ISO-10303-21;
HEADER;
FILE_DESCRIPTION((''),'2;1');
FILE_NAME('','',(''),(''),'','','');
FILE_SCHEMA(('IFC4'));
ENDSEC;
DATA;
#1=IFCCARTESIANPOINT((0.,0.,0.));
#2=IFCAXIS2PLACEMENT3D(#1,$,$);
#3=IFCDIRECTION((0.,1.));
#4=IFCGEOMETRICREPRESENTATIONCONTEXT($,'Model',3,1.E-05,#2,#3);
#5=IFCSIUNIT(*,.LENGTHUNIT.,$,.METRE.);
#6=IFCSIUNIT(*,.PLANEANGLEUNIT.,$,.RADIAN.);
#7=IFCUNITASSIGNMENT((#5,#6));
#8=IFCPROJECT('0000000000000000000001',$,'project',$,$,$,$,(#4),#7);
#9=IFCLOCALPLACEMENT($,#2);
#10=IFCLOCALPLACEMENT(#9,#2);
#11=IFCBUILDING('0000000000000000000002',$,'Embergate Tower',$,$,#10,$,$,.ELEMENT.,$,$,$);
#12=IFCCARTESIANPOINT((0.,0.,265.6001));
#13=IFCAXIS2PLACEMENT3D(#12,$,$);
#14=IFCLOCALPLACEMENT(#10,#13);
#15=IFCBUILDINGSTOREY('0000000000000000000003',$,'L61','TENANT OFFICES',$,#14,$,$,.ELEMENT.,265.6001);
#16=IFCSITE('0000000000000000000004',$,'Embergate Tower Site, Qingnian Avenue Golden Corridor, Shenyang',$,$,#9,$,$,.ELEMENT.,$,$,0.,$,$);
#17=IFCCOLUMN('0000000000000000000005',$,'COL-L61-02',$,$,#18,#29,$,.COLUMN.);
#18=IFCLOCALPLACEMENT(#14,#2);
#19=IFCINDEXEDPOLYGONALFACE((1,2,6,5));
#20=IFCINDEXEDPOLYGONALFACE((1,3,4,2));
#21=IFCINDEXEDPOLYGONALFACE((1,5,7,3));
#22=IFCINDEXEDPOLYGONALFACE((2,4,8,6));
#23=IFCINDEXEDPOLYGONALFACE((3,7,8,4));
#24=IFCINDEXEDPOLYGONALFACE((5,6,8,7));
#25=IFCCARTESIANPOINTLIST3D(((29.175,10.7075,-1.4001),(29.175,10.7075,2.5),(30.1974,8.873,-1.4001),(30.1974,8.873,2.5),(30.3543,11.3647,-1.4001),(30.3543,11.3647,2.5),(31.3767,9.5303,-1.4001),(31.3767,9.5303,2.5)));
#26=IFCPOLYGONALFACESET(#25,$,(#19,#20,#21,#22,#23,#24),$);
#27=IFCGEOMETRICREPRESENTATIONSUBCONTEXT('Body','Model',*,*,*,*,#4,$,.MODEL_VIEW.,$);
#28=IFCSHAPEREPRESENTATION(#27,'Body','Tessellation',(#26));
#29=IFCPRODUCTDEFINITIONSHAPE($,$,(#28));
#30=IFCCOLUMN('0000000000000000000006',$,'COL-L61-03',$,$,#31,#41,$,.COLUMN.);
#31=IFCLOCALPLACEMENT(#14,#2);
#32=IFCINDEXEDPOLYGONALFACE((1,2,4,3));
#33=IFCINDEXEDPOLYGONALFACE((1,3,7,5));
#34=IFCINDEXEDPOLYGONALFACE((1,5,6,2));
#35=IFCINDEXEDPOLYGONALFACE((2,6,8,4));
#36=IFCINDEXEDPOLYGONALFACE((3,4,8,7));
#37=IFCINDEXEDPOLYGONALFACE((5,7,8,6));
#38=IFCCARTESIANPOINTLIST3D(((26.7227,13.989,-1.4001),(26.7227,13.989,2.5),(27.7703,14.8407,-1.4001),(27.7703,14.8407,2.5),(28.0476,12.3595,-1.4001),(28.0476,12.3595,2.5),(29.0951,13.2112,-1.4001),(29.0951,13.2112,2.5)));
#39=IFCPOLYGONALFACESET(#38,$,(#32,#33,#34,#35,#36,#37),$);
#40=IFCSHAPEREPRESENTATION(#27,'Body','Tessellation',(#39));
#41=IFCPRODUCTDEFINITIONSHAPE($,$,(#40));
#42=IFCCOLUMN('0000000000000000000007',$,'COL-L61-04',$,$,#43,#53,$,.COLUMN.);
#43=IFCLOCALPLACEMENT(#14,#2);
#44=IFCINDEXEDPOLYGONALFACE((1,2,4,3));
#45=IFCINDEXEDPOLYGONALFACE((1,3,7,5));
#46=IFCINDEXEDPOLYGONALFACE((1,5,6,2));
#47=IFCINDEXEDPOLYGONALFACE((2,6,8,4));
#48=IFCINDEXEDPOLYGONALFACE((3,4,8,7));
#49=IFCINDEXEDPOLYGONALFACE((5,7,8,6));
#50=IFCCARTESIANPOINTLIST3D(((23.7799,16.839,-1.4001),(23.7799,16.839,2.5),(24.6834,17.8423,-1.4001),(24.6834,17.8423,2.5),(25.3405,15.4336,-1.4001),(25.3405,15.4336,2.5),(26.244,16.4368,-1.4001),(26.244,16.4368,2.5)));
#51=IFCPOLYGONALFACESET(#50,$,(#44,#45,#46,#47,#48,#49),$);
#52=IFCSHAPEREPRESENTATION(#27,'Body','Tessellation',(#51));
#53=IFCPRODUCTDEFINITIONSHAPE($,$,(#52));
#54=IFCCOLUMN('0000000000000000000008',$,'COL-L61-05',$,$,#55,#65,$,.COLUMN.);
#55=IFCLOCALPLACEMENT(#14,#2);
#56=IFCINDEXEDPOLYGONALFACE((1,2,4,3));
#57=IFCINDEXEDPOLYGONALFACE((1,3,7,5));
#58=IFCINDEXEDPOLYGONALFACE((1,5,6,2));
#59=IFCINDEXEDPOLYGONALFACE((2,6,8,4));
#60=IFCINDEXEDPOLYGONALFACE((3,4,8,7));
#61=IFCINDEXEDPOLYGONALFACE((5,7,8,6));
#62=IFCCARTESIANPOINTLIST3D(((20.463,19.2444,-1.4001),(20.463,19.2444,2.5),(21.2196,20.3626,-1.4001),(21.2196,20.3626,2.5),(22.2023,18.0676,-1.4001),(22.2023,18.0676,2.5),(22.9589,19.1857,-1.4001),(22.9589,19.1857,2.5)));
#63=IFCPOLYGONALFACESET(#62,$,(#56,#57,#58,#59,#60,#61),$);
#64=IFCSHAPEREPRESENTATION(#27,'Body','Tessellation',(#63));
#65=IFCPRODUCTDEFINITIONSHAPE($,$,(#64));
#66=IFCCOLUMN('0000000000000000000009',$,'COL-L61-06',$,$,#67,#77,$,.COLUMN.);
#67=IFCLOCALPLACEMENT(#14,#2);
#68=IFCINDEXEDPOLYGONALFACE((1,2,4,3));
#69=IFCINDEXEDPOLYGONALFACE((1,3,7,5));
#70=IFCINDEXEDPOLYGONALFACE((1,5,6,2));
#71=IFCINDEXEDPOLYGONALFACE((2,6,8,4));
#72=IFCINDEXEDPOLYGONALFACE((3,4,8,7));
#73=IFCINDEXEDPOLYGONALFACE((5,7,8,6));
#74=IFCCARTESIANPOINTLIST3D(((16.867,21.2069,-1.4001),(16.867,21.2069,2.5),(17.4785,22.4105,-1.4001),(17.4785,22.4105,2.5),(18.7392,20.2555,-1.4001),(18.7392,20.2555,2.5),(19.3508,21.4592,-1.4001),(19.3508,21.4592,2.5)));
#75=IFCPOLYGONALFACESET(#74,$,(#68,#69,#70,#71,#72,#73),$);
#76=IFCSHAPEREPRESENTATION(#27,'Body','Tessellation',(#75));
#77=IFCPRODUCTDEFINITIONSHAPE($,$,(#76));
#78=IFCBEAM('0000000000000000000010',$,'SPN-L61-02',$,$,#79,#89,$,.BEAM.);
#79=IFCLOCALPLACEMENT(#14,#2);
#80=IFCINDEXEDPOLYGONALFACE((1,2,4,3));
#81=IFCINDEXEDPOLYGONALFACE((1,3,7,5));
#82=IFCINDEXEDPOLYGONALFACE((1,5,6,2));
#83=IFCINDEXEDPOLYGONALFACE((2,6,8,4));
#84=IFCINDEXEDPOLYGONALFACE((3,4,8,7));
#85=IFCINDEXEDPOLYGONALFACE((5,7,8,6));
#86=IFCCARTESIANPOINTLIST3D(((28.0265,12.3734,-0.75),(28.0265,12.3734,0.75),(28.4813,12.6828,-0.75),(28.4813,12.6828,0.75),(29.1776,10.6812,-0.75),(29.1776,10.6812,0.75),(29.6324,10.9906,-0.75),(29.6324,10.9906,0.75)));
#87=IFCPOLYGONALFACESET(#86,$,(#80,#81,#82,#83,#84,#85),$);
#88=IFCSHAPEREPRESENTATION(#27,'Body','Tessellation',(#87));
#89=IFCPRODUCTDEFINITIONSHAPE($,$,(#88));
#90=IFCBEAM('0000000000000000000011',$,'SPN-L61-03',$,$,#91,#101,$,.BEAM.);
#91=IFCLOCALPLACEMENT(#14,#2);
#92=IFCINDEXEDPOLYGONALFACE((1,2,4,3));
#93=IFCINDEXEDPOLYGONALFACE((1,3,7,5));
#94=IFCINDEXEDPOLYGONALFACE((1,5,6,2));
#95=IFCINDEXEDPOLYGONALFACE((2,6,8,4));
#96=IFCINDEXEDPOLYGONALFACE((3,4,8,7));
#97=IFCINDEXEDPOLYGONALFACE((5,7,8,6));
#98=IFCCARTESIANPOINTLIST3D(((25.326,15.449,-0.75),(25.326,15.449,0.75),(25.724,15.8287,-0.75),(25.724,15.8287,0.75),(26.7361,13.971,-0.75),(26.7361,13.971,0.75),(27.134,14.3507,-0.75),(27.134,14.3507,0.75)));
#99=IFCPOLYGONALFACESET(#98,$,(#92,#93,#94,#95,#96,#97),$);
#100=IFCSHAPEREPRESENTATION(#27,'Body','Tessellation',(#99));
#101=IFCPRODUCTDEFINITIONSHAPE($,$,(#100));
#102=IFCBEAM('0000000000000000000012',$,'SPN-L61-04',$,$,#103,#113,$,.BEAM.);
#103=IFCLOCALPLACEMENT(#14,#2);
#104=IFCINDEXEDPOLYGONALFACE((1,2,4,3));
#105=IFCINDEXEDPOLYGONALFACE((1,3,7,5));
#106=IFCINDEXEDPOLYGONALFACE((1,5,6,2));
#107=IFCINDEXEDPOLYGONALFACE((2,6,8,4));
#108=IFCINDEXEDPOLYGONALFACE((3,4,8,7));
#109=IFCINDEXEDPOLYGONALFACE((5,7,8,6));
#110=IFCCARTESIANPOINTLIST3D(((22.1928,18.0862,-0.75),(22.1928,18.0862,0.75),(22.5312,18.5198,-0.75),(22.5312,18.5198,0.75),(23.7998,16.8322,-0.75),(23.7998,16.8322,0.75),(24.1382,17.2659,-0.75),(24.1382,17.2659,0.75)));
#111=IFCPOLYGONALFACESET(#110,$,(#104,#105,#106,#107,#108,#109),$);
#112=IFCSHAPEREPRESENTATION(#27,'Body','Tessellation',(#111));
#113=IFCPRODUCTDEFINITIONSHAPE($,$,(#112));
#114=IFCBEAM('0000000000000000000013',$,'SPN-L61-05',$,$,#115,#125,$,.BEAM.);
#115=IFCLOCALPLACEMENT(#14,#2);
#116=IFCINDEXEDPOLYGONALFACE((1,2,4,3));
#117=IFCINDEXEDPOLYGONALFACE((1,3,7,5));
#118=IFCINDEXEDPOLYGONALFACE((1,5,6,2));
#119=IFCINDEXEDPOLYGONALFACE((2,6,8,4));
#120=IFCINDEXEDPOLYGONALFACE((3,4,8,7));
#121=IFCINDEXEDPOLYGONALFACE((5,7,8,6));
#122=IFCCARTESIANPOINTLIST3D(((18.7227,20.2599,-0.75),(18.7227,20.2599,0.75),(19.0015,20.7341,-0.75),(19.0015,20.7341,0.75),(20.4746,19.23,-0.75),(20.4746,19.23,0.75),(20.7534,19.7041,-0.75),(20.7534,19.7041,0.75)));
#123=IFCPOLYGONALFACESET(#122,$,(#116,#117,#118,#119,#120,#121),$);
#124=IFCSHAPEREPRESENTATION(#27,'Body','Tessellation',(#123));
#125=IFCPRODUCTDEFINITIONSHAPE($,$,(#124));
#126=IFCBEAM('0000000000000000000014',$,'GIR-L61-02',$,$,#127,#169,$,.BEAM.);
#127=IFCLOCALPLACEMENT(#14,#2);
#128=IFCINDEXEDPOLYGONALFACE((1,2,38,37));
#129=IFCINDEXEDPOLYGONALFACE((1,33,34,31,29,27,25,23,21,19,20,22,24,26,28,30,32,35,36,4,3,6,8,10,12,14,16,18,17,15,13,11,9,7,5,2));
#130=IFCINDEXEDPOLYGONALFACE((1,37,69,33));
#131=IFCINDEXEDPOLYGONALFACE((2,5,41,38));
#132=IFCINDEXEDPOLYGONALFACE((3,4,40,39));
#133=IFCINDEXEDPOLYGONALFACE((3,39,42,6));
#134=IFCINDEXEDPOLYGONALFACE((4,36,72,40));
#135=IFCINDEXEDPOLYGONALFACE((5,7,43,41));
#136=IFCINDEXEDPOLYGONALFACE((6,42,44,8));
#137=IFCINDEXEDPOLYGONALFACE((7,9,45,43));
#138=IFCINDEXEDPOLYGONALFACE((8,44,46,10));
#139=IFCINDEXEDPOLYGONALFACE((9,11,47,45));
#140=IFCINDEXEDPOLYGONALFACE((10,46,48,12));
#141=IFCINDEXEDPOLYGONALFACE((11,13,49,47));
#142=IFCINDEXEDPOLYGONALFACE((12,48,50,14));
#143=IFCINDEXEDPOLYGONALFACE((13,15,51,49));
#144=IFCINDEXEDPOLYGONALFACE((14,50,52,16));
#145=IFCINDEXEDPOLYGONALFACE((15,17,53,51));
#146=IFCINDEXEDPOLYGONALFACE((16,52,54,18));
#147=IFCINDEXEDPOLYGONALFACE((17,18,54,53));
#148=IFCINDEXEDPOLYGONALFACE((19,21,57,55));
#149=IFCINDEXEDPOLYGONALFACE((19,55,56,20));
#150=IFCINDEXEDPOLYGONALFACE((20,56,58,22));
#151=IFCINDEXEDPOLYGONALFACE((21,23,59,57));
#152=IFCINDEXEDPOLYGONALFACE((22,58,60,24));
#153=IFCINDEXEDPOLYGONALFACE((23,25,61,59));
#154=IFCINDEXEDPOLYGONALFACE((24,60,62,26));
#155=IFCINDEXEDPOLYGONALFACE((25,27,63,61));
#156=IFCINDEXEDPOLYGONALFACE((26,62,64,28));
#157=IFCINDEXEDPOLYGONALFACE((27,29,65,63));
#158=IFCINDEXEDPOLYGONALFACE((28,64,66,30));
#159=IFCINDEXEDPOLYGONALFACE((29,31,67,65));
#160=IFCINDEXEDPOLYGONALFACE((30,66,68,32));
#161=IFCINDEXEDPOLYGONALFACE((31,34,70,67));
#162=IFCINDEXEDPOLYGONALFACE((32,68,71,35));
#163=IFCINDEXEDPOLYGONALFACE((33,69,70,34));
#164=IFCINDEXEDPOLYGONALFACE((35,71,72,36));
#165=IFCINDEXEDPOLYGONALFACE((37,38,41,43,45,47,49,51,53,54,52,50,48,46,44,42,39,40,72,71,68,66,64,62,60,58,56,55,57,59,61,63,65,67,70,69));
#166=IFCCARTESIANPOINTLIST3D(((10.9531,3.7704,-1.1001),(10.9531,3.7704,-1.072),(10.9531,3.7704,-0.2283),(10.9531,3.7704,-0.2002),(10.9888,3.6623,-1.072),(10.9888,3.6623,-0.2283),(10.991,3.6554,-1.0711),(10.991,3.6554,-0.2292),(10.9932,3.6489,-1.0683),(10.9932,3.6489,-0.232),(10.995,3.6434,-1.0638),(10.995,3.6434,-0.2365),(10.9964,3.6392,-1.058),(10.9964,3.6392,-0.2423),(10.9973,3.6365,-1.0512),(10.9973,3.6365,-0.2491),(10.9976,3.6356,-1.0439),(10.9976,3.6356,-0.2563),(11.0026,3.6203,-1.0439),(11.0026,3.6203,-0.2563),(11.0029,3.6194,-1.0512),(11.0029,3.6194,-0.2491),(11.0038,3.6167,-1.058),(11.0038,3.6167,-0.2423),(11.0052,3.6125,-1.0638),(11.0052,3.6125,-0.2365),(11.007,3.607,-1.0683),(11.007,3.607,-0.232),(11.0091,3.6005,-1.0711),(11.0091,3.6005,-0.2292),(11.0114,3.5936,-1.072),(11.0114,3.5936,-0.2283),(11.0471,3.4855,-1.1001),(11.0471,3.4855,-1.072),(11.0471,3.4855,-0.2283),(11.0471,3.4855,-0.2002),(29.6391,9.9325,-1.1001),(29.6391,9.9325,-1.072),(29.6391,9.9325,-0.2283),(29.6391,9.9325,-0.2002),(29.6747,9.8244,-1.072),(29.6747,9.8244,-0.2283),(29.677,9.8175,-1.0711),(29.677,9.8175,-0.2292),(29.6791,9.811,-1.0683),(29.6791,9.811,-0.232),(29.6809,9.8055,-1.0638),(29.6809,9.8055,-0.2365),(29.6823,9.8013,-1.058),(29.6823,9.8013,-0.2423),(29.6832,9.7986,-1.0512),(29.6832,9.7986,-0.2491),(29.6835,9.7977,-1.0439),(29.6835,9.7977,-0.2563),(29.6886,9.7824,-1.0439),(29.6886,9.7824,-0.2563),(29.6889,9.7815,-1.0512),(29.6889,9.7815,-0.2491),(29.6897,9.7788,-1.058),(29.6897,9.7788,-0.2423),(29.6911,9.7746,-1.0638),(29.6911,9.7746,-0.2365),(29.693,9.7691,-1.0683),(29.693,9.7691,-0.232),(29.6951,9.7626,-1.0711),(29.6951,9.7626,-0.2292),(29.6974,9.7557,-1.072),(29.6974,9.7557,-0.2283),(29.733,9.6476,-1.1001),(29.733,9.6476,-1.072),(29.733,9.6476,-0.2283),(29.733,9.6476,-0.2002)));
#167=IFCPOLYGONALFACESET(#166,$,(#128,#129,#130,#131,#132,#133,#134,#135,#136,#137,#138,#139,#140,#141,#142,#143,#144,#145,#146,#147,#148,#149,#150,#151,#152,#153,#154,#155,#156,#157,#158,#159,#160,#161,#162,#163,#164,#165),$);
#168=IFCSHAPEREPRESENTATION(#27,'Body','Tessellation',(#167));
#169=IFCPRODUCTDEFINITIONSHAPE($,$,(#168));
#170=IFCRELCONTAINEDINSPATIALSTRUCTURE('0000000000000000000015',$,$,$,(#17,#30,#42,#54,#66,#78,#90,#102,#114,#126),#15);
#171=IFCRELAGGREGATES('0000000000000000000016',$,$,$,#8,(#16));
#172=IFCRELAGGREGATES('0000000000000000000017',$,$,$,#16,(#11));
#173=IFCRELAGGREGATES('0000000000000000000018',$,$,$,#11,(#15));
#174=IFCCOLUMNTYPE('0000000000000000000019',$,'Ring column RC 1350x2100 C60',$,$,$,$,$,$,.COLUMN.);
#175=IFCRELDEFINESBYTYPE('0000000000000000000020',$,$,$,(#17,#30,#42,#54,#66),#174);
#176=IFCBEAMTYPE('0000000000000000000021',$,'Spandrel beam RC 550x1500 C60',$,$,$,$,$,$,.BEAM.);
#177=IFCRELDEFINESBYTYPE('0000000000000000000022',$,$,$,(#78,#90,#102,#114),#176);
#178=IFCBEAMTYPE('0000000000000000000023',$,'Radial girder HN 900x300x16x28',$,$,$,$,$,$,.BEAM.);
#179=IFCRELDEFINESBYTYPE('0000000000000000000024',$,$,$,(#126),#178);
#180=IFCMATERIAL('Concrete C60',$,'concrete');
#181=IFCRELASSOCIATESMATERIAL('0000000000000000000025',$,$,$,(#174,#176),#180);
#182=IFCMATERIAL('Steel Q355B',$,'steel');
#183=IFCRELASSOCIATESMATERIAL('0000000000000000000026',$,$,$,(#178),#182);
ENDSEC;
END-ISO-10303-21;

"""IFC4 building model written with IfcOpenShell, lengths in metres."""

from ifc_helpers import new_model, si_unit, direction, frame, origin, origin_2d, place, context, subcontext, project, spatial, rectangle, i_section, extrude, source, transform, mapped, material, material_profile, profile_set, type_object, element, save


model = new_model("IFC4")

# Units and contexts
model_context = context("Model", 3, precision=1e-05, world=origin(), true_north=direction((0.0, 1.0)))
body_context = subcontext(model_context, "Body", "Model", "MODEL_VIEW")
ifc_project = project(units=[si_unit("LENGTHUNIT", "METRE"), si_unit("PLANEANGLEUNIT", "RADIAN")], contexts=[model_context])

# Site, building, storey
site_placement = place(None, origin())
site = spatial("IfcSite", under=ifc_project, at=site_placement, Name="Embergate Tower Site, Qingnian Avenue Golden Corridor, Shenyang", CompositionType="ELEMENT", RefElevation=0.0)
building_placement = place(site_placement, origin())
building = spatial("IfcBuilding", under=site, at=building_placement, Name="Embergate Tower", CompositionType="ELEMENT")
storey_placement = place(building_placement, frame((0.0, 0.0, 265.6001)))
storey = spatial("IfcBuildingStorey", under=building, at=storey_placement, Name="L61", Description="TENANT OFFICES", CompositionType="ELEMENT", Elevation=265.6001)

# Columns
ifc_material_1 = material(Name="Concrete C60", Category="concrete")
ifc_material_profile_1 = material_profile(ifc_material_1, rectangle(XDim=1.3501, YDim=2.1001, at=origin_2d()), Name="RC 1350x2100")
ifc_profile_set_1 = profile_set([ifc_material_profile_1], Name="Concrete C60")
column_type = type_object("IfcColumnType", Name="Ring column RC 1350x2100 C60", PredefinedType="COLUMN", material=ifc_profile_set_1)
shared_shape_1 = source(origin(), body_context, "Body", "SweptSolid", [
    extrude(rectangle(XDim=1.3501, YDim=2.1001, at=origin_2d()), origin(), (0.0, 0.0, 1.0), 3.9001),
])
for number, where, z_axis, x_axis, name in (
    (1, (30.2759, 10.1189, -1.4001), (0.0, 0.0, 1.0), (0.873492, 0.486839, 0.0), "COL-L61-02"),
    (2, (27.9089, 13.6001, -1.4001), (0.0, 0.0, 1.0), (0.775914, 0.630838, 0.0), "COL-L61-03"),
    (3, (25.012, 16.6379, -1.4001), (0.0, 0.0, 1.0), (0.669208, 0.743075, 0.0), "COL-L61-04"),
    (4, (21.7109, 19.2151, -1.4001), (0.0, 0.0, 1.0), (0.560393, 0.828227, 0.0), "COL-L61-05"),
    (5, (18.1089, 21.333, -1.4001), (0.0, 0.0, 1.0), (0.452995, 0.891513, 0.0), "COL-L61-06"),
):
    element("IfcColumn", number, at=place(storey_placement, frame(where, z_axis=z_axis, x_axis=x_axis)), inside=storey, type_object=column_type, Name=name, PredefinedType="COLUMN", context=body_context, shape_type="MappedRepresentation", body=[
        mapped(shared_shape_1, transform((0.0, 0.0, 0.0))),
    ])

# Beams
ifc_material_profile_2 = material_profile(ifc_material_1, rectangle(XDim=0.55, YDim=1.5, at=origin_2d()), Name="RC 550x1500")
ifc_profile_set_2 = profile_set([ifc_material_profile_2], Name="Concrete C60")
beam_type_1 = type_object("IfcBeamType", Name="Spandrel beam RC 550x1500 C60", PredefinedType="BEAM", material=ifc_profile_set_2)
shared_shape_2 = source(origin(), body_context, "Body", "SweptSolid", [
    extrude(rectangle(XDim=0.55, YDim=1.5, at=origin_2d()), origin(), (0.0, 0.0, 1.0), 2.0466),
])
beam_1_placement = place(storey_placement, frame((29.405, 10.8359, 0.0), z_axis=(-0.562467, 0.82682, 0.0), x_axis=(-0.82682, -0.562467, 0.0)))
element("IfcBeam", 6, at=beam_1_placement, inside=storey, type_object=beam_type_1, Name="SPN-L61-02", PredefinedType="BEAM", context=body_context, shape_type="MappedRepresentation", body=[
    mapped(shared_shape_2, transform((0.0, 0.0, 0.0))),
])
shared_shape_3 = source(origin(), body_context, "Body", "SweptSolid", [
    extrude(rectangle(XDim=0.55, YDim=1.5, at=origin_2d()), origin(), (0.0, 0.0, 1.0), 2.0427),
])
beam_2_placement = place(storey_placement, frame((26.9351, 14.1609, 0.0), z_axis=(-0.690299, 0.723524, 0.0), x_axis=(-0.723524, -0.690299, 0.0)))
element("IfcBeam", 7, at=beam_2_placement, inside=storey, type_object=beam_type_1, Name="SPN-L61-03", PredefinedType="BEAM", context=body_context, shape_type="MappedRepresentation", body=[
    mapped(shared_shape_3, transform((0.0, 0.0, 0.0))),
])
shared_shape_4 = source(origin(), body_context, "Body", "SweptSolid", [
    extrude(rectangle(XDim=0.55, YDim=1.5, at=origin_2d()), origin(), (0.0, 0.0, 1.0), 2.0383),
])
beam_3_placement = place(storey_placement, frame((23.969, 17.0491, 0.0), z_axis=(-0.788384, 0.615184, 0.0), x_axis=(-0.615184, -0.788384, 0.0)))
element("IfcBeam", 8, at=beam_3_placement, inside=storey, type_object=beam_type_1, Name="SPN-L61-04", PredefinedType="BEAM", context=body_context, shape_type="MappedRepresentation", body=[
    mapped(shared_shape_4, transform((0.0, 0.0, 0.0))),
])
shared_shape_5 = source(origin(), body_context, "Body", "SweptSolid", [
    extrude(rectangle(XDim=0.55, YDim=1.5, at=origin_2d()), origin(), (0.0, 0.0, 1.0), 2.0322),
])
beam_4_placement = place(storey_placement, frame((20.614, 19.467, 0.0), z_axis=(-0.862048, 0.506826, 0.0), x_axis=(-0.506826, -0.862048, 0.0)))
element("IfcBeam", 9, at=beam_4_placement, inside=storey, type_object=beam_type_1, Name="SPN-L61-05", PredefinedType="BEAM", context=body_context, shape_type="MappedRepresentation", body=[
    mapped(shared_shape_5, transform((0.0, 0.0, 0.0))),
])
ifc_material_2 = material(Name="Steel Q355B", Category="steel")
ifc_material_profile_3 = material_profile(ifc_material_2, i_section(OverallWidth=0.3, OverallDepth=0.8999, WebThickness=0.0161, FlangeThickness=0.0281, FilletRadius=0.0281, at=origin_2d()), Name="HN 900x300x16x28")
ifc_profile_set_3 = profile_set([ifc_material_profile_3], Name="Steel Q355 grade B")
beam_type_2 = type_object("IfcBeamType", Name="Radial girder HN 900x300x16x28", PredefinedType="BEAM", material=ifc_profile_set_3)
shared_shape_6 = source(origin(), body_context, "Body", "SweptSolid", [
    extrude(i_section(OverallWidth=0.3, OverallDepth=0.8999, WebThickness=0.0161, FlangeThickness=0.0281, FilletRadius=0.0281, at=origin_2d()), origin(), (0.0, 0.0, 1.0), 19.6758),
])
beam_5_placement = place(storey_placement, frame((29.686, 9.79, -0.6501), z_axis=(-0.949693, -0.313181, 0.0), x_axis=(0.313181, -0.949693, 0.0)))
element("IfcBeam", 10, at=beam_5_placement, inside=storey, type_object=beam_type_2, Name="GIR-L61-02", PredefinedType="BEAM", context=body_context, shape_type="MappedRepresentation", body=[
    mapped(shared_shape_6, transform((0.0, 0.0, 0.0))),
])

save(model, "model.ifc")
